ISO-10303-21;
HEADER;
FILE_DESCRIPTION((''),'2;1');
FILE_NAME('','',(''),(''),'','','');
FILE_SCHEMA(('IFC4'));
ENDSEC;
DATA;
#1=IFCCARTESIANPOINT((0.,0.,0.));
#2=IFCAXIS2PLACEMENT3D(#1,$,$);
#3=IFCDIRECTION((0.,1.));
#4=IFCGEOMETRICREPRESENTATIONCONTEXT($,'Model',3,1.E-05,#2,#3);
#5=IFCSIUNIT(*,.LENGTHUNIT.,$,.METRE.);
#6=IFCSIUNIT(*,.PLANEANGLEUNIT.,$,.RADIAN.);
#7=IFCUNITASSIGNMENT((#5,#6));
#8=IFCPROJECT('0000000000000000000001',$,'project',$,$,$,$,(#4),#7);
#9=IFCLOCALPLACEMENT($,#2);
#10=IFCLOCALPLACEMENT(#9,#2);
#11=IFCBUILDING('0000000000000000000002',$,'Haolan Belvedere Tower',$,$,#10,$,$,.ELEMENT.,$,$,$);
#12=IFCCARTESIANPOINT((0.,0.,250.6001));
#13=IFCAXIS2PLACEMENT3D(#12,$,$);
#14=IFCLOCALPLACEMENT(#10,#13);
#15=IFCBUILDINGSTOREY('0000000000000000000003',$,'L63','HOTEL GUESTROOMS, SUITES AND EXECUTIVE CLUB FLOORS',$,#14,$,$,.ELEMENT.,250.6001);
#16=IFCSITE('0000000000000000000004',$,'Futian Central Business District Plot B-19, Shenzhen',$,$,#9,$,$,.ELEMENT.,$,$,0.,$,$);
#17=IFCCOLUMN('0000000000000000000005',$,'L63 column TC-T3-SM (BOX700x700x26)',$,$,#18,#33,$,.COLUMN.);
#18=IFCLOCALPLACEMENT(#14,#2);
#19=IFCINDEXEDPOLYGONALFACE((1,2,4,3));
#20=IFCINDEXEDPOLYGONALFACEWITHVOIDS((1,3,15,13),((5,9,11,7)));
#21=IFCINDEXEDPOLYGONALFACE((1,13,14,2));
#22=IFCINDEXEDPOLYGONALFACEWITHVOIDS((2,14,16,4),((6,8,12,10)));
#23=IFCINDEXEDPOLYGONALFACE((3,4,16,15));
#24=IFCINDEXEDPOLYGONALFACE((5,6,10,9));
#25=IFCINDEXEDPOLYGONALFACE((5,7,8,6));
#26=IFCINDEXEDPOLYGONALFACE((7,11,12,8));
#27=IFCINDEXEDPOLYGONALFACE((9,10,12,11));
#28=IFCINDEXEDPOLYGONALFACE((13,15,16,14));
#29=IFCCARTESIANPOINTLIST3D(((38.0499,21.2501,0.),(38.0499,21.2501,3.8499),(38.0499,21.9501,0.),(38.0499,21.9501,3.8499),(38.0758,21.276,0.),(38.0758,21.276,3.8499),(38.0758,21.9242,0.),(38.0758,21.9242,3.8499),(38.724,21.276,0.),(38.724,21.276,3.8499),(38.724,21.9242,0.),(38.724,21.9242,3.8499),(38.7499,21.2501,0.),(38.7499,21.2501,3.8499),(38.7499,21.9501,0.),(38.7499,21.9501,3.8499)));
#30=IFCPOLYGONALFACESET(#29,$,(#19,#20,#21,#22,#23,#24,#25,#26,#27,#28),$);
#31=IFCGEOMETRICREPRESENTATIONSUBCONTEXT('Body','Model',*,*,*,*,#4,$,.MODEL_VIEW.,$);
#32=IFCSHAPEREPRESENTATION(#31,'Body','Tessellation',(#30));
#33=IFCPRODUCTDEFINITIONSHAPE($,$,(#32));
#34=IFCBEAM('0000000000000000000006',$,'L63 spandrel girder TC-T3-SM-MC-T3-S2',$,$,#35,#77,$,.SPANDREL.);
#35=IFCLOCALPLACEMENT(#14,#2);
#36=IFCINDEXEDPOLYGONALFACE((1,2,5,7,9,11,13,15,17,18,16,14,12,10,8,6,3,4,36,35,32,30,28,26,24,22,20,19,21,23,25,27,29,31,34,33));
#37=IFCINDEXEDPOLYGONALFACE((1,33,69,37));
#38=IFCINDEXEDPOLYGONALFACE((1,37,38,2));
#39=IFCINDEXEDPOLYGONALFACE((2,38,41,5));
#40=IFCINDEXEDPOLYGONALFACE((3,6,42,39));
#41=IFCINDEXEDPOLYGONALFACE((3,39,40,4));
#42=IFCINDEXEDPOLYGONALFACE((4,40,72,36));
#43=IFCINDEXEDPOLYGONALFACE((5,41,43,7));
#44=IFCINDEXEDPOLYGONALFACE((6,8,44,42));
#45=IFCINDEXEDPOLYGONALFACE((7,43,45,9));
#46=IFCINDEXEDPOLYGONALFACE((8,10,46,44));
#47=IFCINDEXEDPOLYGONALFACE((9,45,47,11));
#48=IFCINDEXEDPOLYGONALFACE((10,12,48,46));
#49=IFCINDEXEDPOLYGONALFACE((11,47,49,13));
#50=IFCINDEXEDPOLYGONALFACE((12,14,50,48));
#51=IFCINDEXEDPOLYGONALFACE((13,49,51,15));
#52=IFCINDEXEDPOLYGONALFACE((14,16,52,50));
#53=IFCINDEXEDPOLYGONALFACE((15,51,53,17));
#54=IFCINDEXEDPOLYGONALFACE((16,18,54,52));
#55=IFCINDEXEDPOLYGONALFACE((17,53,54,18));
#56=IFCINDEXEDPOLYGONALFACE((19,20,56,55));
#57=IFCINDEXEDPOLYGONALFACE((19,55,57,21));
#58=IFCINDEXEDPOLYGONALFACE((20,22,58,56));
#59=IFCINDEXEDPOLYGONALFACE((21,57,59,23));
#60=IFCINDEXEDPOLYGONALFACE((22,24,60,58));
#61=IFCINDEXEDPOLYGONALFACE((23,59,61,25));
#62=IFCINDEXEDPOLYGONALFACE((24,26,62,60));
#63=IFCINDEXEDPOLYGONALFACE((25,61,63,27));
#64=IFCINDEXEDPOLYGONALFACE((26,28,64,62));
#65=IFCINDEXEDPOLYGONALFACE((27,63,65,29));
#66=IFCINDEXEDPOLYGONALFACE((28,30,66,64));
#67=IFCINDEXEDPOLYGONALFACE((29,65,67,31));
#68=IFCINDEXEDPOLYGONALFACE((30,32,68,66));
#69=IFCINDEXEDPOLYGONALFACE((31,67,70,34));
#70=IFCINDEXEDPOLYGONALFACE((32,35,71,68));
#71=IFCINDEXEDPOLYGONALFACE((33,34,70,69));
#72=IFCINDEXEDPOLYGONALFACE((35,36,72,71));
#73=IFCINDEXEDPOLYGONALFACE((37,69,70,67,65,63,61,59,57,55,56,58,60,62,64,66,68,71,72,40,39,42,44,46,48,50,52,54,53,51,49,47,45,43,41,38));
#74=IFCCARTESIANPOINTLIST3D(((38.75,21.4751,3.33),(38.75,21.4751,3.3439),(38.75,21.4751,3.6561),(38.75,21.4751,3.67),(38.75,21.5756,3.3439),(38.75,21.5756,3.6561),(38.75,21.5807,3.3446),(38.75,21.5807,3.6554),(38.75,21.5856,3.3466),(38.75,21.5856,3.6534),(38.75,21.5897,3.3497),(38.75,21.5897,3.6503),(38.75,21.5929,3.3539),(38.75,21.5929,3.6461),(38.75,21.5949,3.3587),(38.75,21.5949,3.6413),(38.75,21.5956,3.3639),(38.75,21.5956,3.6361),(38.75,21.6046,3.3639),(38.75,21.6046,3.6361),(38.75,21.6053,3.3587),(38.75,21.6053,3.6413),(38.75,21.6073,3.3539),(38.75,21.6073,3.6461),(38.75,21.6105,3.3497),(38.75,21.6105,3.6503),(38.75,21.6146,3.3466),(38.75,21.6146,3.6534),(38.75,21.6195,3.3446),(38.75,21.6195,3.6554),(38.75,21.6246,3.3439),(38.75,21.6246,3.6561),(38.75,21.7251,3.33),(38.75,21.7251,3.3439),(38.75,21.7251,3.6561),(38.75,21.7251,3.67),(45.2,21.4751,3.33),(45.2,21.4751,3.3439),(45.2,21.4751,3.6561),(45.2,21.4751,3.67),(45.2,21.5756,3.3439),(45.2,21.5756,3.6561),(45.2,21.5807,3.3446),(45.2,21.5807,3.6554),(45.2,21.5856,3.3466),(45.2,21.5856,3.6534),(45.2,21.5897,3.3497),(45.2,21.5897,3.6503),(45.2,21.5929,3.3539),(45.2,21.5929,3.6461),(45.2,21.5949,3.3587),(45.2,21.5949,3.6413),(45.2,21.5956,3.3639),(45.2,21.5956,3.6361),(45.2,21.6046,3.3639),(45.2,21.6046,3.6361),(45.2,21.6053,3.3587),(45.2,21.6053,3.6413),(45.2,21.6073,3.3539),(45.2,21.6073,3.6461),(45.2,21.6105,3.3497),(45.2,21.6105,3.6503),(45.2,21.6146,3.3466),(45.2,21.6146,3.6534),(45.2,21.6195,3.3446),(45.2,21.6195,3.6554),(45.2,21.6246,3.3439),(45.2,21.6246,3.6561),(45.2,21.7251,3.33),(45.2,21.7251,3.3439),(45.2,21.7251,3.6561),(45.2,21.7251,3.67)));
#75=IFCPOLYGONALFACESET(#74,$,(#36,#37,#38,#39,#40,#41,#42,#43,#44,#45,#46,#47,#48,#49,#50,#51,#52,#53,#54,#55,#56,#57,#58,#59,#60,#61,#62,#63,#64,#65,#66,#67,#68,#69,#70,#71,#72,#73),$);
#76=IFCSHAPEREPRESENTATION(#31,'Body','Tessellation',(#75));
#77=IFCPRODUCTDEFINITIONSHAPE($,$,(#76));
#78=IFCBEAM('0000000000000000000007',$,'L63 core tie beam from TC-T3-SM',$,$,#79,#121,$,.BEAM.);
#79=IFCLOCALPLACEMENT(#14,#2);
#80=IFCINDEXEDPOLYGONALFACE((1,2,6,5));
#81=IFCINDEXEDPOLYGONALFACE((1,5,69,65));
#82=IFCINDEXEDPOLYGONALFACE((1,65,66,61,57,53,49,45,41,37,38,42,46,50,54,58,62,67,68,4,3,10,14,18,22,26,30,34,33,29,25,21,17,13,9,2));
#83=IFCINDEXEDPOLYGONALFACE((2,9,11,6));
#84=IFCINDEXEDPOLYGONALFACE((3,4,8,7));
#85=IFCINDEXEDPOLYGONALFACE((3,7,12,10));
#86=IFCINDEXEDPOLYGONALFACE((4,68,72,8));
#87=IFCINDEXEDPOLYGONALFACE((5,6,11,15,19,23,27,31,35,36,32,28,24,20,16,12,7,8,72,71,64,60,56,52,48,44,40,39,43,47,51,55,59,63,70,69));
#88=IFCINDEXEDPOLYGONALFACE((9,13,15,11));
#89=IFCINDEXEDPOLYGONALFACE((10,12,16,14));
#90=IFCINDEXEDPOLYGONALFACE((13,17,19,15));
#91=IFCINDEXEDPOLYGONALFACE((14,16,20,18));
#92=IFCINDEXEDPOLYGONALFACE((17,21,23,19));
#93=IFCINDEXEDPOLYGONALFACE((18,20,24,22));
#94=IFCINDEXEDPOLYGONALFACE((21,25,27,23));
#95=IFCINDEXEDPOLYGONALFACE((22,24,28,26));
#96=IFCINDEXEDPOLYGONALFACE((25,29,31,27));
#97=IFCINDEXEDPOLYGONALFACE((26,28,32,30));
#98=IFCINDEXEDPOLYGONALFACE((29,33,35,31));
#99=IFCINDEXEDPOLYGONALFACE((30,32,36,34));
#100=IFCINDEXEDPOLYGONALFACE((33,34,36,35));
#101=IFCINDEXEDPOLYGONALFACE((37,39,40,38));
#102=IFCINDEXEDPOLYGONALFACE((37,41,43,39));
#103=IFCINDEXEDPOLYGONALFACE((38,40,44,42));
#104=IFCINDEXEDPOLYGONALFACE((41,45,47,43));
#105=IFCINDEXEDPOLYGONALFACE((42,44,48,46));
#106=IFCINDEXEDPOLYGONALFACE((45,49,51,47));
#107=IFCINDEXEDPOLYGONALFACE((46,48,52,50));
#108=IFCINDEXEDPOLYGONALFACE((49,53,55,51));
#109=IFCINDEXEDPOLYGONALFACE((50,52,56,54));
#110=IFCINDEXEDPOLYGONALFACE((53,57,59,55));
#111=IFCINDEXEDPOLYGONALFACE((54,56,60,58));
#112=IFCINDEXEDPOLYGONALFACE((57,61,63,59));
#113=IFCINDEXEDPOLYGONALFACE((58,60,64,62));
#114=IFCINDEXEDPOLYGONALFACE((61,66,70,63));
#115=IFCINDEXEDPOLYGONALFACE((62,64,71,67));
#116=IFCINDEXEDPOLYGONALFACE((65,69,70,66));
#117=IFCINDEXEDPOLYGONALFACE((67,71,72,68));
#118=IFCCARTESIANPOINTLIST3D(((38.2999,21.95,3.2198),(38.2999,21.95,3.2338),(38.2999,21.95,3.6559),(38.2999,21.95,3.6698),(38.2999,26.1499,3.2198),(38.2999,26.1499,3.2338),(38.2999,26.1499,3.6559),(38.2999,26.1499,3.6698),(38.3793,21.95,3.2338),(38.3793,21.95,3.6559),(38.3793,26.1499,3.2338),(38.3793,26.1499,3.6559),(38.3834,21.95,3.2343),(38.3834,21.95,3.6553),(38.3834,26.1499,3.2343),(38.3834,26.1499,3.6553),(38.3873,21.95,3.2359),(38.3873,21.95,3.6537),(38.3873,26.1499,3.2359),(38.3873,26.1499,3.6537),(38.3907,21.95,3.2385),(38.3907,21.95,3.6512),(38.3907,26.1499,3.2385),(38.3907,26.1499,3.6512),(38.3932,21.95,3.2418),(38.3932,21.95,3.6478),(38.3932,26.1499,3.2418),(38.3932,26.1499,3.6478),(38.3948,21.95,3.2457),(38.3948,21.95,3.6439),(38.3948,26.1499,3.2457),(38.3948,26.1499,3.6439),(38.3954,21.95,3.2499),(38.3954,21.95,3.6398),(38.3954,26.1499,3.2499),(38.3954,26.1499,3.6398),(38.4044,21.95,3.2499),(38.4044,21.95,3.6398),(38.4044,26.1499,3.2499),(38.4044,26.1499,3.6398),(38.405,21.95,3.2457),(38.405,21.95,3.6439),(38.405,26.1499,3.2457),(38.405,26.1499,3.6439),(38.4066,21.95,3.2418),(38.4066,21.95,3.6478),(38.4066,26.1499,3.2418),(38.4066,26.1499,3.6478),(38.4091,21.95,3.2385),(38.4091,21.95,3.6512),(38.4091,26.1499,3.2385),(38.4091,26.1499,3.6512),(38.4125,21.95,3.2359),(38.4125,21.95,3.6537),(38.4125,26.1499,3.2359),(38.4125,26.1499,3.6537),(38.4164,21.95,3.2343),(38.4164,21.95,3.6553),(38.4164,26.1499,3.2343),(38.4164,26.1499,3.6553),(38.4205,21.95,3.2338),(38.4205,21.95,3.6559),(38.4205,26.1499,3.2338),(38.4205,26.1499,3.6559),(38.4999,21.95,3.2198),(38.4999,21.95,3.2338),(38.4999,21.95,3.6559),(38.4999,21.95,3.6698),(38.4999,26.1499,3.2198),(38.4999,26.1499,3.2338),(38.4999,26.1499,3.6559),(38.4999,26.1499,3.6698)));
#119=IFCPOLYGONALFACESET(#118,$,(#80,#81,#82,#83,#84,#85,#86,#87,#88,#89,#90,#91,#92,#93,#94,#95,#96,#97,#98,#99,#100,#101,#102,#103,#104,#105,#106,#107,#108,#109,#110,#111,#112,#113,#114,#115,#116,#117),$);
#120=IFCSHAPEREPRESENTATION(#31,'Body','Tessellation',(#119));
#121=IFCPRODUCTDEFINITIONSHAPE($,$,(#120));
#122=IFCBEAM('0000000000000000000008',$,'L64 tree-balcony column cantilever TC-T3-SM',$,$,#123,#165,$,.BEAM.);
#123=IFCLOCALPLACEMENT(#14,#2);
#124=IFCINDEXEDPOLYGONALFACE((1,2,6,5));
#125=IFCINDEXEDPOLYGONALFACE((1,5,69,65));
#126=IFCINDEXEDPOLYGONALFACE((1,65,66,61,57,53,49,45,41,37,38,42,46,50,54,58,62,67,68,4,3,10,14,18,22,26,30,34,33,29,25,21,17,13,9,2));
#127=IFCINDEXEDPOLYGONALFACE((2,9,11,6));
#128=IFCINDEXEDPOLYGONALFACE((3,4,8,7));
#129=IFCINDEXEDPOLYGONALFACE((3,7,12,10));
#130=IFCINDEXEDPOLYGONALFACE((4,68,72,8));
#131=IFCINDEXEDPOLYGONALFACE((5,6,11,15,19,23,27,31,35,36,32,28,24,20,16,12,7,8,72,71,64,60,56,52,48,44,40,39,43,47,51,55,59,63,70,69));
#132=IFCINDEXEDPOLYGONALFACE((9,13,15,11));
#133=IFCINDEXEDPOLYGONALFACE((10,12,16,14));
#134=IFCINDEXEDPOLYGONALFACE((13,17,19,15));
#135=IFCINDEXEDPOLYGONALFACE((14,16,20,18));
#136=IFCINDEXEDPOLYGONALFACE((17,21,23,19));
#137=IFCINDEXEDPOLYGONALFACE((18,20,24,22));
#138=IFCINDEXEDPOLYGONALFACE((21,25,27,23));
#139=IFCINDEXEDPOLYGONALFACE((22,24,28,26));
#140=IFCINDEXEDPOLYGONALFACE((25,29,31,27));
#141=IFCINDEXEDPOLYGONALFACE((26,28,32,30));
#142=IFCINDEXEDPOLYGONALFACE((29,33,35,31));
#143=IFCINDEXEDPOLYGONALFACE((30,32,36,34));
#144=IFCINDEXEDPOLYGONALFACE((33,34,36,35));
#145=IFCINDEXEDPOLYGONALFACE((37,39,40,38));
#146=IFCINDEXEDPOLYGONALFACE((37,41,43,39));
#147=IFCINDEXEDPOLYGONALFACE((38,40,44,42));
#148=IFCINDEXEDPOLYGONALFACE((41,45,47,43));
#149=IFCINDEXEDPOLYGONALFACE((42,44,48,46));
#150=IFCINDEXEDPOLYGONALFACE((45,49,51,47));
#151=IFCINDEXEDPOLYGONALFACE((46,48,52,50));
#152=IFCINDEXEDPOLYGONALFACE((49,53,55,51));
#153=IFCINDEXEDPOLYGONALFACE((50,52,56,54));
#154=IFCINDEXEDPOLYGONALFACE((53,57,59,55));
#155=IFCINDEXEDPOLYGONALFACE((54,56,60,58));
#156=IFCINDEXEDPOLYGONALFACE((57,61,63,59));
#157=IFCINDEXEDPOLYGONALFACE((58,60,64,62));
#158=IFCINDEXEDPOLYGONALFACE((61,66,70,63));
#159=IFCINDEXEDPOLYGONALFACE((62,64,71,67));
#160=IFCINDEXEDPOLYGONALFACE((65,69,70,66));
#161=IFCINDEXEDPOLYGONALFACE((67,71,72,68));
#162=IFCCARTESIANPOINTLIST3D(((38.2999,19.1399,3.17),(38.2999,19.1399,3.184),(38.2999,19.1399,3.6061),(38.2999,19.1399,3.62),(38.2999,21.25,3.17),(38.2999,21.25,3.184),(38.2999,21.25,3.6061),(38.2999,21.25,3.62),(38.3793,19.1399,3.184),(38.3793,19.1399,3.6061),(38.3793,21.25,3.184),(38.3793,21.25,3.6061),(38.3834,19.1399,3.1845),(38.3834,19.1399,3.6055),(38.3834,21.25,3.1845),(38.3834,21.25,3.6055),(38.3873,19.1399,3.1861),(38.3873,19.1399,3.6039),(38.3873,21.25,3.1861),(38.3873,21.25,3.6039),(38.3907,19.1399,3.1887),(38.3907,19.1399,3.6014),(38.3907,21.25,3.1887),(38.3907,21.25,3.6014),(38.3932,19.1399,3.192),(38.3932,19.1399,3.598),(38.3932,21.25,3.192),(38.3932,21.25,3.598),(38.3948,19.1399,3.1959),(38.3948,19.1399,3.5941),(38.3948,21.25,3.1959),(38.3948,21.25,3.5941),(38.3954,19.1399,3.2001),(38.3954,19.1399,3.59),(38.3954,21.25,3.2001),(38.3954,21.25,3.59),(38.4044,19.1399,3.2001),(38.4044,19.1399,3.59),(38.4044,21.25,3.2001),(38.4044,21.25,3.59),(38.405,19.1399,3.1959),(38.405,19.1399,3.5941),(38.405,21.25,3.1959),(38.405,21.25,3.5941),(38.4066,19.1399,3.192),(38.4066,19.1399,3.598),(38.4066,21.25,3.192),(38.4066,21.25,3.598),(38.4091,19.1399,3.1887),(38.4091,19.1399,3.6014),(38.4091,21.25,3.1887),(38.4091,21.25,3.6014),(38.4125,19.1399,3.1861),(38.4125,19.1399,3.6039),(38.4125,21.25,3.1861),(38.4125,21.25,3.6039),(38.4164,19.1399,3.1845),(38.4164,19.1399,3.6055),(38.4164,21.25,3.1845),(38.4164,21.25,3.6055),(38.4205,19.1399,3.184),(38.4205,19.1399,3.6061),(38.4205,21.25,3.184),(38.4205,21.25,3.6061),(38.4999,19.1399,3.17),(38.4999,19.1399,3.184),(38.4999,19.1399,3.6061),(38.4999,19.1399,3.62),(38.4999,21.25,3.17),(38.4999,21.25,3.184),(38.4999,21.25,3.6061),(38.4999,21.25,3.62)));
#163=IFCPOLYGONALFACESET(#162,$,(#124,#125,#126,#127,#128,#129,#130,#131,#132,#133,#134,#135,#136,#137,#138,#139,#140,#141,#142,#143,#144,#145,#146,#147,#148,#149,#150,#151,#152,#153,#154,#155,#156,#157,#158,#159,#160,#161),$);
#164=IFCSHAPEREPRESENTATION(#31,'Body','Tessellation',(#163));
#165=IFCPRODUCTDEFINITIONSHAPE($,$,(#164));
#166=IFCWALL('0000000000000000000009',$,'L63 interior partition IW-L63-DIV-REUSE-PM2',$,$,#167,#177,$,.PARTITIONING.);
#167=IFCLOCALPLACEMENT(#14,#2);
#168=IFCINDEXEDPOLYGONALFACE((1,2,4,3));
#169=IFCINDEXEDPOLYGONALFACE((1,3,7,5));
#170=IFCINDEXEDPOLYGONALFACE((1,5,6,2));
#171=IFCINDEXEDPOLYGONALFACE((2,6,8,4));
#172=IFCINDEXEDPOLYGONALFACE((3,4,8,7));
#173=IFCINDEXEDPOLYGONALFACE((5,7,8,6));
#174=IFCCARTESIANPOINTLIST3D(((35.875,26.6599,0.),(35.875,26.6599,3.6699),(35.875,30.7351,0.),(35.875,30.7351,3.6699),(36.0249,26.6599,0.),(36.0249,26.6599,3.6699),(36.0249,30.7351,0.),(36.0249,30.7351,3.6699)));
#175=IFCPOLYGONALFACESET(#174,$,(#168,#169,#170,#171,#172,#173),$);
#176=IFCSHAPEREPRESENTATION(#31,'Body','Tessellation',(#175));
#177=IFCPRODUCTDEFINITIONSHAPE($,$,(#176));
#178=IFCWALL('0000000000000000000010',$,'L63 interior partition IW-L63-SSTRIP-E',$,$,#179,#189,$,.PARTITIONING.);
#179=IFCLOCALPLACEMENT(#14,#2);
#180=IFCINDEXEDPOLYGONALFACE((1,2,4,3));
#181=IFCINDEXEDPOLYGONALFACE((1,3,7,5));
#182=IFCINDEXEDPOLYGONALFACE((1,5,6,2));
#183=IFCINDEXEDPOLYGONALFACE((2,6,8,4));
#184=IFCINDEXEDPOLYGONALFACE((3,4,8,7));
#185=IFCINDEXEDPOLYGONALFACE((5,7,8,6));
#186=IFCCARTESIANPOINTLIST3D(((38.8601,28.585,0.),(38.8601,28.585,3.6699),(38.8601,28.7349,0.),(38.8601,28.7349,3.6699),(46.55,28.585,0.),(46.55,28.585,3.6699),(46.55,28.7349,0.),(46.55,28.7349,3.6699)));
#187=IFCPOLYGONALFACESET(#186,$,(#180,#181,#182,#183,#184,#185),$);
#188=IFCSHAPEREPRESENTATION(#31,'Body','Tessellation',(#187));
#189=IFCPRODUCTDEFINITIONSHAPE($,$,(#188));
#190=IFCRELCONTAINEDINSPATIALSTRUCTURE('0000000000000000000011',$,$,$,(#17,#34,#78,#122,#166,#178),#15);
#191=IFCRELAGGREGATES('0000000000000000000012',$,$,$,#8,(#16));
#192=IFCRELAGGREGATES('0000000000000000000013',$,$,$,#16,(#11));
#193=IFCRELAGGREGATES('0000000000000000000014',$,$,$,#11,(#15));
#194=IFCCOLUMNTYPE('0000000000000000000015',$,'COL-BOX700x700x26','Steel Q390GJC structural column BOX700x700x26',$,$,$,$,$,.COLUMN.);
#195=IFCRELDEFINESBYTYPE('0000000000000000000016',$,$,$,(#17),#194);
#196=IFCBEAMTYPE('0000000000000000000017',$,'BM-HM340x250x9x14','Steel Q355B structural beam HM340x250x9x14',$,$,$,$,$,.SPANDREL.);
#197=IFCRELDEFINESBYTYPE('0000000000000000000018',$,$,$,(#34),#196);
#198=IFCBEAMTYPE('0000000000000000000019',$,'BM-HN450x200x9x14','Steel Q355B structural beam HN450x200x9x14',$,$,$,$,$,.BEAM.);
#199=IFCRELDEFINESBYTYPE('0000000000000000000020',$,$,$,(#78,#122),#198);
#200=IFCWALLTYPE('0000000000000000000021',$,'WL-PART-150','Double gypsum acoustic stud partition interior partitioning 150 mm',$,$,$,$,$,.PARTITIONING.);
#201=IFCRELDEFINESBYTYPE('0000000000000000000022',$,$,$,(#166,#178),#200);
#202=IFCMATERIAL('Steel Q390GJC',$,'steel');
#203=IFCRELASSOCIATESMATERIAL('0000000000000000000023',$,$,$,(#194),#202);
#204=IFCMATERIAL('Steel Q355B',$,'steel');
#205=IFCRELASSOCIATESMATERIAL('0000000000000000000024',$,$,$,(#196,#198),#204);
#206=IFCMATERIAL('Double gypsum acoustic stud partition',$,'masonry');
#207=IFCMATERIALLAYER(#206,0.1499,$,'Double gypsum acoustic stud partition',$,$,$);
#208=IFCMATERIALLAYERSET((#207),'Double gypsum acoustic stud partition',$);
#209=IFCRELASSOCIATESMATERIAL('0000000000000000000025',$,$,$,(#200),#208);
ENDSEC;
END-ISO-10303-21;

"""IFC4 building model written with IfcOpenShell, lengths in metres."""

from ifc_helpers import new_model, si_unit, direction, frame, frame_2d, origin, origin_2d, place, context, subcontext, project, spatial, rectangle, hollow_rectangle, i_section, extrude, material, layer, layer_set, material_profile, profile_set, type_object, element, save


model = new_model("IFC4")

# Units and contexts
model_context = context("Model", 3, precision=1e-05, world=origin(), true_north=direction((0.0, 1.0)))
body_context = subcontext(model_context, "Body", "Model", "MODEL_VIEW")
ifc_project = project(units=[si_unit("LENGTHUNIT", "METRE"), si_unit("PLANEANGLEUNIT", "RADIAN")], contexts=[model_context])

# Site, building, storey
site_placement = place(None, origin())
site = spatial("IfcSite", under=ifc_project, at=site_placement, Name="Futian Central Business District Plot B-19, Shenzhen", CompositionType="ELEMENT", RefElevation=0.0)
building_placement = place(site_placement, origin())
building = spatial("IfcBuilding", under=site, at=building_placement, Name="Haolan Belvedere Tower", CompositionType="ELEMENT")
storey_placement = place(building_placement, frame((0.0, 0.0, 250.6001)))
storey = spatial("IfcBuildingStorey", under=building, at=storey_placement, Name="L63", Description="HOTEL GUESTROOMS, SUITES AND EXECUTIVE CLUB FLOORS", CompositionType="ELEMENT", Elevation=250.6001)

# Column
ifc_material_1 = material(Name="Steel Q390GJC", Category="steel")
ifc_material_profile_1 = material_profile(ifc_material_1, hollow_rectangle(XDim=0.7, YDim=0.7, WallThickness=0.0259, at=origin_2d()), Name="Steel Q390GJC")
ifc_profile_set_1 = profile_set([ifc_material_profile_1], Name="Steel Q390GJC")
column_type = type_object("IfcColumnType", Name="COL-BOX700x700x26", Description="Steel Q390GJC structural column BOX700x700x26", PredefinedType="COLUMN", material=ifc_profile_set_1)
column_placement = place(storey_placement, frame((38.3999, 21.6001, 0.0), z_axis=(0.0, 0.0, 1.0), x_axis=(1.0, 0.0, 0.0)))
element("IfcColumn", 1, at=column_placement, inside=storey, type_object=column_type, Name="L63 column TC-T3-SM (BOX700x700x26)", PredefinedType="COLUMN", context=body_context, shape_type="SweptSolid", body=[
    extrude(hollow_rectangle(XDim=0.7, YDim=0.7, WallThickness=0.0259, at=origin_2d()), origin(), (0.0, 0.0, 1.0), 3.8499),
])

# Beams
ifc_material_2 = material(Name="Steel Q355B", Category="steel")
ifc_material_profile_2 = material_profile(ifc_material_2, i_section(OverallWidth=0.25, OverallDepth=0.3401, WebThickness=0.009, FlangeThickness=0.0139, FilletRadius=0.02, at=origin_2d()), Name="Steel Q355B")
ifc_profile_set_2 = profile_set([ifc_material_profile_2], Name="Steel Q355B")
beam_type_1 = type_object("IfcBeamType", Name="BM-HM340x250x9x14", Description="Steel Q355B structural beam HM340x250x9x14", PredefinedType="SPANDREL", material=ifc_profile_set_2)
beam_1_placement = place(storey_placement, frame((38.75, 21.6001, 3.5), z_axis=(1.0, 0.0, 0.0), x_axis=(0.0, 1.0, 0.0)))
element("IfcBeam", 2, at=beam_1_placement, inside=storey, type_object=beam_type_1, Name="L63 spandrel girder TC-T3-SM-MC-T3-S2", PredefinedType="SPANDREL", context=body_context, shape_type="SweptSolid", body=[
    extrude(i_section(OverallWidth=0.25, OverallDepth=0.3401, WebThickness=0.009, FlangeThickness=0.0139, FilletRadius=0.02, at=origin_2d()), origin(), (0.0, 0.0, 1.0), 6.45),
])
ifc_material_profile_3 = material_profile(ifc_material_2, i_section(OverallWidth=0.2, OverallDepth=0.45, WebThickness=0.009, FlangeThickness=0.0139, FilletRadius=0.0161, at=origin_2d()), Name="Steel Q355B")
ifc_profile_set_3 = profile_set([ifc_material_profile_3], Name="Steel Q355B")
beam_type_2 = type_object("IfcBeamType", Name="BM-HN450x200x9x14", Description="Steel Q355B structural beam HN450x200x9x14", PredefinedType="BEAM", material=ifc_profile_set_3)
beam_2_placement = place(storey_placement, frame((38.3999, 21.95, 3.4448), z_axis=(0.0, 1.0, 0.0), x_axis=(-1.0, 0.0, 0.0)))
element("IfcBeam", 3, at=beam_2_placement, inside=storey, type_object=beam_type_2, Name="L63 core tie beam from TC-T3-SM", PredefinedType="BEAM", context=body_context, shape_type="SweptSolid", body=[
    extrude(i_section(OverallWidth=0.2, OverallDepth=0.45, WebThickness=0.009, FlangeThickness=0.0139, FilletRadius=0.0161, at=origin_2d()), origin(), (0.0, 0.0, 1.0), 4.2),
])
beam_3_placement = place(storey_placement, frame((38.3999, 21.25, 3.395), z_axis=(0.0, -1.0, 0.0), x_axis=(1.0, 0.0, 0.0)))
element("IfcBeam", 4, at=beam_3_placement, inside=storey, type_object=beam_type_2, Name="L64 tree-balcony column cantilever TC-T3-SM", PredefinedType="BEAM", context=body_context, shape_type="SweptSolid", body=[
    extrude(i_section(OverallWidth=0.2, OverallDepth=0.45, WebThickness=0.009, FlangeThickness=0.0139, FilletRadius=0.0161, at=origin_2d()), origin(), (0.0, 0.0, 1.0), 2.1101),
])

# Walls
ifc_material_3 = material(Name="Double gypsum acoustic stud partition", Category="masonry")
ifc_layer_1 = layer(ifc_material_3, 0.1499, Name="Double gypsum acoustic stud partition")
ifc_layer_set_1 = layer_set([ifc_layer_1], Name="Double gypsum acoustic stud partition")
wall_type_1 = type_object("IfcWallType", Name="WL-PART-150", Description="Double gypsum acoustic stud partition interior partitioning 150 mm", PredefinedType="PARTITIONING", material=ifc_layer_set_1)
wall_1_placement = place(storey_placement, frame((35.95, 26.6599, 0.0), z_axis=(0.0, 0.0, 1.0), x_axis=(0.0, 1.0, 0.0)))
element("IfcWall", 5, at=wall_1_placement, inside=storey, type_object=wall_type_1, Name="L63 interior partition IW-L63-DIV-REUSE-PM2", PredefinedType="PARTITIONING", context=body_context, shape_type="SweptSolid", body=[
    extrude(rectangle(XDim=4.0752, YDim=0.1499, at=frame_2d((2.0376, 0.0))), origin(), (0.0, 0.0, 1.0), 3.6699),
])
wall_2_placement = place(storey_placement, frame((38.8601, 28.6599, 0.0), z_axis=(0.0, 0.0, 1.0), x_axis=(1.0, 0.0, 0.0)))
element("IfcWall", 6, at=wall_2_placement, inside=storey, type_object=wall_type_1, Name="L63 interior partition IW-L63-SSTRIP-E", PredefinedType="PARTITIONING", context=body_context, shape_type="SweptSolid", body=[
    extrude(rectangle(XDim=7.6899, YDim=0.1499, at=frame_2d((3.845, 0.0))), origin(), (0.0, 0.0, 1.0), 3.6699),
])

save(model, "model.ifc")
